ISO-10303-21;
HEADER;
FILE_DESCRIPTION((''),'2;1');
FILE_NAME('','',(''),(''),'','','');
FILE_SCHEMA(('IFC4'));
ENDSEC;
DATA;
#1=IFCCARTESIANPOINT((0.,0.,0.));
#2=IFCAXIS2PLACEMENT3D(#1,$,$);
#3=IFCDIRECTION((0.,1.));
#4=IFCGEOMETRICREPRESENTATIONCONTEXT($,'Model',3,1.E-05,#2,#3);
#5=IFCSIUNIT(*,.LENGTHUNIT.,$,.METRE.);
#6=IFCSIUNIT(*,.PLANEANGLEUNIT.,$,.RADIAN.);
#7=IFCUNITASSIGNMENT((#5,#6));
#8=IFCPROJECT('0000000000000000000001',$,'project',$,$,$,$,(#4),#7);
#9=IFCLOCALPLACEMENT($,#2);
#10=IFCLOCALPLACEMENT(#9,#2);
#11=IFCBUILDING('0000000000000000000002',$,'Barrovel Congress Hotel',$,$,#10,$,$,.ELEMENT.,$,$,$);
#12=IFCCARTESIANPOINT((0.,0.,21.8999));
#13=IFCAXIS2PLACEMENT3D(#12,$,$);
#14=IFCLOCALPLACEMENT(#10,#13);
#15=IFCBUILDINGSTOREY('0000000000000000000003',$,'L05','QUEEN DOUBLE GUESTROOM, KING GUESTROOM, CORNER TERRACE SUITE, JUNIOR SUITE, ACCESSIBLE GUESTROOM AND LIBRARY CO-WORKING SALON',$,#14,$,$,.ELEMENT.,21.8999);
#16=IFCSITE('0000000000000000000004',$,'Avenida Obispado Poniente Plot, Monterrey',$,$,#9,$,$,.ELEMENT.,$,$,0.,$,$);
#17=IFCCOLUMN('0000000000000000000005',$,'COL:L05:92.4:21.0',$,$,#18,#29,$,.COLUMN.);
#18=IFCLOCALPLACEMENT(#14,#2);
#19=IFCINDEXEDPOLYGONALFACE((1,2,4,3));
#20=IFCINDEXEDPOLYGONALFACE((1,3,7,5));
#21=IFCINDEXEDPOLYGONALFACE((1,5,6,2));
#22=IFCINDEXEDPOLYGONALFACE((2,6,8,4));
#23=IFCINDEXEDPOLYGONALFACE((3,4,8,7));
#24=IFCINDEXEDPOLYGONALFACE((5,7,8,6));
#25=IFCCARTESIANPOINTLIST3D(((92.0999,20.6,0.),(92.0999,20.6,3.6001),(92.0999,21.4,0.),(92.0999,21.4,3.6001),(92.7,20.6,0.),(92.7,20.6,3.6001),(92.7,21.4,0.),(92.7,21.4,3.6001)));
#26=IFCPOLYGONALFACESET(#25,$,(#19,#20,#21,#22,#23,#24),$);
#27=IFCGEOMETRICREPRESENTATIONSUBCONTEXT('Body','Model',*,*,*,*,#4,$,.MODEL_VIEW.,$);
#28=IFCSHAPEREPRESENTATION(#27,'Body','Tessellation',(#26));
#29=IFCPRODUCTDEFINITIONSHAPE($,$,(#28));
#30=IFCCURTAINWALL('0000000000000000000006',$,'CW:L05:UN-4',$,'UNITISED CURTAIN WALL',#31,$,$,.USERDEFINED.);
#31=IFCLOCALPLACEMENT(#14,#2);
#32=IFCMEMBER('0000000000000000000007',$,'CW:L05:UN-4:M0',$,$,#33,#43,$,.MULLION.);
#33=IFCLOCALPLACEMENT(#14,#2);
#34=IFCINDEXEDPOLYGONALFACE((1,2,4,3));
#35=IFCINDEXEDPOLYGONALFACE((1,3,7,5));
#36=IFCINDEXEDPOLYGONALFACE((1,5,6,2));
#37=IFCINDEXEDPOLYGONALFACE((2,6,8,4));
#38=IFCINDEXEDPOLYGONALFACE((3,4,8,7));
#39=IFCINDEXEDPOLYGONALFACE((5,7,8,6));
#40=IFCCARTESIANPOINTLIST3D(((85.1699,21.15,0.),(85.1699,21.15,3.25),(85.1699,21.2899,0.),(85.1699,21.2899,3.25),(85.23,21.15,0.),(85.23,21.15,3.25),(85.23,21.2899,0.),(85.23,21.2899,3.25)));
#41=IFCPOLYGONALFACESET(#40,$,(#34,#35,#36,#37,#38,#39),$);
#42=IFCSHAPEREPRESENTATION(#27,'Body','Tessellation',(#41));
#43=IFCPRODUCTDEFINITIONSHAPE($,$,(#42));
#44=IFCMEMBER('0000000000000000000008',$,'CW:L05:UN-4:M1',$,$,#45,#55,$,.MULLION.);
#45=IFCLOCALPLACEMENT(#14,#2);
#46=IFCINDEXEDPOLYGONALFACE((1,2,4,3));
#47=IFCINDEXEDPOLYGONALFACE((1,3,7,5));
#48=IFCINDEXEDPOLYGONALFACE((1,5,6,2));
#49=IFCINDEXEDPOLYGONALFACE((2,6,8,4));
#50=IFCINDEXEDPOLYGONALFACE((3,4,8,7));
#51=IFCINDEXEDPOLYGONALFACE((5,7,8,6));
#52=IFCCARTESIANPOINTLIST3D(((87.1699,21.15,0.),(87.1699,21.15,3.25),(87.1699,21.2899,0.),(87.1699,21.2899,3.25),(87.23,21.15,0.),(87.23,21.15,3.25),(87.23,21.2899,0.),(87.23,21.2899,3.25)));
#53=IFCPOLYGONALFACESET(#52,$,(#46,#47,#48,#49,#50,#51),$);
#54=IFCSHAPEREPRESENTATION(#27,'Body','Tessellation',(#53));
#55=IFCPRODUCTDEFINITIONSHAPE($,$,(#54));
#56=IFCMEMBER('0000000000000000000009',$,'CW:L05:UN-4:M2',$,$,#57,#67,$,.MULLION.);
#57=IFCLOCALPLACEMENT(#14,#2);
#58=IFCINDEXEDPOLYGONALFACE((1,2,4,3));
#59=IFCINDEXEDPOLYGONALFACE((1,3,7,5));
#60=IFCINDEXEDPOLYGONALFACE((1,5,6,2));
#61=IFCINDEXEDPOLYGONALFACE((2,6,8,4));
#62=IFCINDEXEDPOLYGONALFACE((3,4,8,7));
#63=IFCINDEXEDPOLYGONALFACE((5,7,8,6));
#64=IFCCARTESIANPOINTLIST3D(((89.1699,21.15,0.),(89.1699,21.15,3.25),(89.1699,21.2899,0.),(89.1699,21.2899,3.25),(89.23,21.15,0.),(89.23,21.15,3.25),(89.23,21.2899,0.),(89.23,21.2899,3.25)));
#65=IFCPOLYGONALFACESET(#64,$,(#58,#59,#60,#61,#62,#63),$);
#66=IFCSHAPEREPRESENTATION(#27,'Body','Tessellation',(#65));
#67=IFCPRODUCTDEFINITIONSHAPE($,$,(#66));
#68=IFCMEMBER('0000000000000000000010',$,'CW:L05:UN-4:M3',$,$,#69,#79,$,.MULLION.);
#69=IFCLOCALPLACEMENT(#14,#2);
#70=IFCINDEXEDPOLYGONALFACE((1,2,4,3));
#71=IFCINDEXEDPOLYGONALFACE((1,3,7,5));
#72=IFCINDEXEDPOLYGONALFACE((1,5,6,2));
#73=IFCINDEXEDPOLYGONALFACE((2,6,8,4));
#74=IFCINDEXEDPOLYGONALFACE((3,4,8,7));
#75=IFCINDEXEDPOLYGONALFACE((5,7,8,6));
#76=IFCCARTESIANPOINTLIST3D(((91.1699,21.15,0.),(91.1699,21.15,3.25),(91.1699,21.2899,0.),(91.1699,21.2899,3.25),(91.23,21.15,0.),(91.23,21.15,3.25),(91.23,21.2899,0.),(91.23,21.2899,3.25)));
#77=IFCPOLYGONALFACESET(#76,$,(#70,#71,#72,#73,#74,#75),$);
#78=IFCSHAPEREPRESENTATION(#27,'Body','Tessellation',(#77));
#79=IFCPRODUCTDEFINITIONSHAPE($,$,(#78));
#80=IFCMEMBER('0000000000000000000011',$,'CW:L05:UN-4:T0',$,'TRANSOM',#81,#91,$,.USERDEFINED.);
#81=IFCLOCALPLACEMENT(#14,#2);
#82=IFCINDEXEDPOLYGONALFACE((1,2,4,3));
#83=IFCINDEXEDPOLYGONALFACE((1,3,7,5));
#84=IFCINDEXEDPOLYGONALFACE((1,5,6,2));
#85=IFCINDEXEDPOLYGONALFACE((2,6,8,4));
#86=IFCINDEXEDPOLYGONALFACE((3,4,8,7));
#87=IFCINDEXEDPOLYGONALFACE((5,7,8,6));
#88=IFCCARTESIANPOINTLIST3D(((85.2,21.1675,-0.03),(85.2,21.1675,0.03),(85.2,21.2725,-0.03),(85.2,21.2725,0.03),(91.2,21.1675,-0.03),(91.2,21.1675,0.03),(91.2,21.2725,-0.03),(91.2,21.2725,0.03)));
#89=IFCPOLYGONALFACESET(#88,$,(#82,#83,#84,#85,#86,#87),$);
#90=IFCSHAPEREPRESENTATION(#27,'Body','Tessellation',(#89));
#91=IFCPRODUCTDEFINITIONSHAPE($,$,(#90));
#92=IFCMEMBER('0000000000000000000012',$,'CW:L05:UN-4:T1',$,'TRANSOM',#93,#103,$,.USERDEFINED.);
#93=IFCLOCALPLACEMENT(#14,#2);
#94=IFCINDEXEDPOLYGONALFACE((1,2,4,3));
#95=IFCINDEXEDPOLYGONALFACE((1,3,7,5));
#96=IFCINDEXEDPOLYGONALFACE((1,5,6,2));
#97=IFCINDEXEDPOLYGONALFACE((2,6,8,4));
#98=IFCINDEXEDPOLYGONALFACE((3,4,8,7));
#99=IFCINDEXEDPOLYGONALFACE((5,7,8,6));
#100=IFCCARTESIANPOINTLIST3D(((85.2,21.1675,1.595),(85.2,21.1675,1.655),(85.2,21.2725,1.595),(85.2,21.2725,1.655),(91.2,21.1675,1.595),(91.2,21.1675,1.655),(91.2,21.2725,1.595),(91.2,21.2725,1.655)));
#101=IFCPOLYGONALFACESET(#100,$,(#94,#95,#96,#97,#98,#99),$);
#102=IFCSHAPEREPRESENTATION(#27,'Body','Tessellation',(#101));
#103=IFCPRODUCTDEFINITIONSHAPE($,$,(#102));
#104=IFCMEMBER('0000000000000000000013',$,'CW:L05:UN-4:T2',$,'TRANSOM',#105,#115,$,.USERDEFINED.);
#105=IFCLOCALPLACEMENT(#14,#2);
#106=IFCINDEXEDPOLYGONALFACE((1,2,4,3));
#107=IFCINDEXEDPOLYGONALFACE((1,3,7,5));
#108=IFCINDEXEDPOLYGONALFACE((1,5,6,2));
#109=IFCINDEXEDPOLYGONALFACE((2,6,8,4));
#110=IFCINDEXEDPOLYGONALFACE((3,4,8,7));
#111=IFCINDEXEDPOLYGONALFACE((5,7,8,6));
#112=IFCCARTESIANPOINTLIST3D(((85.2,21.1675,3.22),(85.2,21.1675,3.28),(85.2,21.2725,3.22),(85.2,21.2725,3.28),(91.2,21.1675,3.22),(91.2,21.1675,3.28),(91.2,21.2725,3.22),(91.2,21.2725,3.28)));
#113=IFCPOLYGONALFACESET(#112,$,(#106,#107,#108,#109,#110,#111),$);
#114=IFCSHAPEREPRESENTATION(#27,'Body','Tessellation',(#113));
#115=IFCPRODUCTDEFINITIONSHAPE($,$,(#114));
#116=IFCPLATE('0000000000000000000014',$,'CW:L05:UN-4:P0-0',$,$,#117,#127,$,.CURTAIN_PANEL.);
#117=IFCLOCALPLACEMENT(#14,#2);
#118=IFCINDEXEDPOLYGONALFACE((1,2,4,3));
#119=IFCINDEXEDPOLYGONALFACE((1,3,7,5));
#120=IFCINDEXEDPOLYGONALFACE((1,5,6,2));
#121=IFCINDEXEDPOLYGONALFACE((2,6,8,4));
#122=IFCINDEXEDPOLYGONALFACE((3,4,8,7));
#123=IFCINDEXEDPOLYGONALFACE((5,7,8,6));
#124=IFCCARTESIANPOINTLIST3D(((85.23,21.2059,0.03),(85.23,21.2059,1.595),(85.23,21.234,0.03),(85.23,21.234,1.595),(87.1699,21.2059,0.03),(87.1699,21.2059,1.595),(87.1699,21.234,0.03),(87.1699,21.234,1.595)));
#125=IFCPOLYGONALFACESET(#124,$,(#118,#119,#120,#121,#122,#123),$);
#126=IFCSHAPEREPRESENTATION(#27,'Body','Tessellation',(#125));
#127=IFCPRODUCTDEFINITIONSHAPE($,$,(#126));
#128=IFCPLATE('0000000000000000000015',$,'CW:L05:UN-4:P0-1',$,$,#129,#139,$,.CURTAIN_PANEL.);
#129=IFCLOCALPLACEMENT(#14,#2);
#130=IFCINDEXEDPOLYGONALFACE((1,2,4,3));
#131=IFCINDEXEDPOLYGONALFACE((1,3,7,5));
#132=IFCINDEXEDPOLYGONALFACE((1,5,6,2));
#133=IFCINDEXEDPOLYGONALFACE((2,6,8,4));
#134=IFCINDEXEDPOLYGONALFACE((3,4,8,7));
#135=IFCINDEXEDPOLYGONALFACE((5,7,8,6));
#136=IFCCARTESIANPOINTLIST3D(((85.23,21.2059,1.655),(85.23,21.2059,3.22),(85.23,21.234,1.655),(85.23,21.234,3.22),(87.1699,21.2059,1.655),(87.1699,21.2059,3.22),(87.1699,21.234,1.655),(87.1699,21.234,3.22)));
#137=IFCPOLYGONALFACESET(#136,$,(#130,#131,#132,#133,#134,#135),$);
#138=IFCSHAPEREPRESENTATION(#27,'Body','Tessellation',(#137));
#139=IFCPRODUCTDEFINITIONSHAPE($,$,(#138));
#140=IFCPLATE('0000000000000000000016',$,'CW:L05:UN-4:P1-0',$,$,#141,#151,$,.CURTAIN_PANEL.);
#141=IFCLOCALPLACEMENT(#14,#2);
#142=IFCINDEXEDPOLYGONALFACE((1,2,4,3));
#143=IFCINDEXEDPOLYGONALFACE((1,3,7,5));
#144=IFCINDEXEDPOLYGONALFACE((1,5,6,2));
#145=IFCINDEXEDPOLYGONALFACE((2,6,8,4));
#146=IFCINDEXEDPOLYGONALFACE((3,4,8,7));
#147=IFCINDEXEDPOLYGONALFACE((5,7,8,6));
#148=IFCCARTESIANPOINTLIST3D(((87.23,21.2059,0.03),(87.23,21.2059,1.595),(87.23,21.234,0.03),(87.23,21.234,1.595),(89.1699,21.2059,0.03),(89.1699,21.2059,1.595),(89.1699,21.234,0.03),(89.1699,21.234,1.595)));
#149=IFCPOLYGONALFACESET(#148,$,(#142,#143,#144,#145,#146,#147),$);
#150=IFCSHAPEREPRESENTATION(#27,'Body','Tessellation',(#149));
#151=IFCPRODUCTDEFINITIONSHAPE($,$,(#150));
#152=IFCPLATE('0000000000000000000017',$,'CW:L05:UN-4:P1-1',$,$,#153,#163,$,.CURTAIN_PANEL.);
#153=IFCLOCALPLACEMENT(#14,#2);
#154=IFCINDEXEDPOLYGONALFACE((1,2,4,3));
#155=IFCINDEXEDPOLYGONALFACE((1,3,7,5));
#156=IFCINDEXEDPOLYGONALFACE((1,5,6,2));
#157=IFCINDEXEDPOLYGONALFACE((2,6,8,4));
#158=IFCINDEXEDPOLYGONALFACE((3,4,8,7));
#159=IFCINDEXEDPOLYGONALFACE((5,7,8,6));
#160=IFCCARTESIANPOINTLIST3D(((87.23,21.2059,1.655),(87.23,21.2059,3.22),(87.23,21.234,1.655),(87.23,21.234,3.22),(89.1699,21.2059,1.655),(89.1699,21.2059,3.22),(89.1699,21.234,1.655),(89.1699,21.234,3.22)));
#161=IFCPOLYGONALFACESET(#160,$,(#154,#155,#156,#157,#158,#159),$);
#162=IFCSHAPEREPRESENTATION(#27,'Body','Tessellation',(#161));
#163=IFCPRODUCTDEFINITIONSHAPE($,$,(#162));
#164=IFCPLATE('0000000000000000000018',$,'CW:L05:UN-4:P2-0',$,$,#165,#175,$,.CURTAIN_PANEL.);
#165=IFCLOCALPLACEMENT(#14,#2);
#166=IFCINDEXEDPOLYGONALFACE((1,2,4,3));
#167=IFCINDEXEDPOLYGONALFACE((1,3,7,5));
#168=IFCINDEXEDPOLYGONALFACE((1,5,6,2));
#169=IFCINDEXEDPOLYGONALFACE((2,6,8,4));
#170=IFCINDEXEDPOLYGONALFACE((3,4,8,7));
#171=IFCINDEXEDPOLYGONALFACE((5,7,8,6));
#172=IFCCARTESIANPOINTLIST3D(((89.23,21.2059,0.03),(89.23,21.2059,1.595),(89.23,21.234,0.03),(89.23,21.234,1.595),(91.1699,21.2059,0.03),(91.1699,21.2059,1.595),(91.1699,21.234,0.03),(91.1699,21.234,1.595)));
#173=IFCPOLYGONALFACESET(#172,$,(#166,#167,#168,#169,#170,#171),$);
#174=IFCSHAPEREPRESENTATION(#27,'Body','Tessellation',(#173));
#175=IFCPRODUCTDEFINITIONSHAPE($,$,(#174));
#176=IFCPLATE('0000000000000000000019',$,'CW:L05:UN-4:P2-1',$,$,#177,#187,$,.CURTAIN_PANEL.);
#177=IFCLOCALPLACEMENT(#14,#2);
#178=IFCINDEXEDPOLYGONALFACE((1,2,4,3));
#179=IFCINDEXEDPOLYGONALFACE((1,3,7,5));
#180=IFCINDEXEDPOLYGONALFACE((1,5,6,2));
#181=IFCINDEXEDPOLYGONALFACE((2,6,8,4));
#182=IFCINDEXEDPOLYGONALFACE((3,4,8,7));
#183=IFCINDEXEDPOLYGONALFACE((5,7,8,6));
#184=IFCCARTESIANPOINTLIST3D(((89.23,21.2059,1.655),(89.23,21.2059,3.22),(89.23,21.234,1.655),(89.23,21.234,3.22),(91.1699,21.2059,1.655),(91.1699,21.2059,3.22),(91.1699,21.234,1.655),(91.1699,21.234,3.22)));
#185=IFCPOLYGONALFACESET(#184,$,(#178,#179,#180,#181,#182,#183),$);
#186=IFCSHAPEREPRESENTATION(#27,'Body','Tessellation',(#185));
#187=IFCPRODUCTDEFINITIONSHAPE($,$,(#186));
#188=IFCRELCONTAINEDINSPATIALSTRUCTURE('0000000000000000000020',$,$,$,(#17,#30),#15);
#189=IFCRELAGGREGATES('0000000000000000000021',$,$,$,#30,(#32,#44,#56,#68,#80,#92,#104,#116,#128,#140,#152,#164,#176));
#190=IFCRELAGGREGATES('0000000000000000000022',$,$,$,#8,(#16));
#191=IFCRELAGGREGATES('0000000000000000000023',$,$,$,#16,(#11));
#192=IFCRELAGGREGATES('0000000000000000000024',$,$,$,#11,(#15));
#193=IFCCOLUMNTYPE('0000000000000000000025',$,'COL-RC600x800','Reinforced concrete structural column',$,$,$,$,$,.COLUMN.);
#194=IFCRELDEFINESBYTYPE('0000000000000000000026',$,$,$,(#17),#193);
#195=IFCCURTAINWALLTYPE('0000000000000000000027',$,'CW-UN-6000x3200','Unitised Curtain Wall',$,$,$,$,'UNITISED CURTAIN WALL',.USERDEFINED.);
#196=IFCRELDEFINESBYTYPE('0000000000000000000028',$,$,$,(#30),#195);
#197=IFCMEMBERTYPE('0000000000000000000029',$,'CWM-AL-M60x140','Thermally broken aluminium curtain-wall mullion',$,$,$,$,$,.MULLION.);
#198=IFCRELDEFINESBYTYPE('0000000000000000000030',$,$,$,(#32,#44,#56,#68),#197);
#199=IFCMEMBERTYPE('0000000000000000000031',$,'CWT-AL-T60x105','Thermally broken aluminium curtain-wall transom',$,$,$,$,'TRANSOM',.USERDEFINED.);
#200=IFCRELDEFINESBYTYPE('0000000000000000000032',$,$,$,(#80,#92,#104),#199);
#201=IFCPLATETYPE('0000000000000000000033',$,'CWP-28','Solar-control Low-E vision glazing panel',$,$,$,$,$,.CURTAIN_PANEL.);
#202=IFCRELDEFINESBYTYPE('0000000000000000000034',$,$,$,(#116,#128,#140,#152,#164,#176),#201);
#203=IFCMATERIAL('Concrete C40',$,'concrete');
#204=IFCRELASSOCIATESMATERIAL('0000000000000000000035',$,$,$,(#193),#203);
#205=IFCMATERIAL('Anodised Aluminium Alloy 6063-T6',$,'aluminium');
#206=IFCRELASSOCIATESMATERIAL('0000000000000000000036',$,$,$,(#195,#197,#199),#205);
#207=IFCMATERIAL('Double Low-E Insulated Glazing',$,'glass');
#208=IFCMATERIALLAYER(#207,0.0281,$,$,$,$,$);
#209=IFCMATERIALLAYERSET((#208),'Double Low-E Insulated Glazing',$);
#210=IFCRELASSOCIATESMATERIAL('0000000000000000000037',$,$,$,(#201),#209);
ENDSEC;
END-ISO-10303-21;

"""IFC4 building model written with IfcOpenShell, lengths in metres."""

from ifc_helpers import new_model, si_unit, direction, frame, origin, origin_2d, place, context, subcontext, project, spatial, rectangle, extrude, material, layer, layer_set, material_profile, profile_set, type_object, element, aggregate, save


model = new_model("IFC4")

# Units and contexts
model_context = context("Model", 3, precision=1e-05, world=origin(), true_north=direction((0.0, 1.0)))
body_context = subcontext(model_context, "Body", "Model", "MODEL_VIEW")
ifc_project = project(units=[si_unit("LENGTHUNIT", "METRE"), si_unit("PLANEANGLEUNIT", "RADIAN")], contexts=[model_context])

# Site, building, storey
site_placement = place(None, origin())
site = spatial("IfcSite", under=ifc_project, at=site_placement, Name="Avenida Obispado Poniente Plot, Monterrey", CompositionType="ELEMENT", RefElevation=0.0)
building_placement = place(site_placement, origin())
building = spatial("IfcBuilding", under=site, at=building_placement, Name="Barrovel Congress Hotel", CompositionType="ELEMENT")
storey_placement = place(building_placement, frame((0.0, 0.0, 21.8999)))
storey = spatial("IfcBuildingStorey", under=building, at=storey_placement, Name="L05", Description="QUEEN DOUBLE GUESTROOM, KING GUESTROOM, CORNER TERRACE SUITE, JUNIOR SUITE, ACCESSIBLE GUESTROOM AND LIBRARY CO-WORKING SALON", CompositionType="ELEMENT", Elevation=21.8999)

# Column
ifc_material_1 = material(Name="Concrete C40", Category="concrete")
ifc_material_profile_1 = material_profile(ifc_material_1, rectangle(XDim=0.6001, YDim=0.8, at=origin_2d()), Name="RC600x800")
ifc_profile_set_1 = profile_set([ifc_material_profile_1], Name="Concrete C40")
column_type = type_object("IfcColumnType", Name="COL-RC600x800", Description="Reinforced concrete structural column", PredefinedType="COLUMN", material=ifc_profile_set_1)
column_placement = place(storey_placement, frame((92.3999, 21.0, 0.0), z_axis=(0.0, 0.0, 1.0), x_axis=(1.0, 0.0, 0.0)))
element("IfcColumn", 1, at=column_placement, inside=storey, type_object=column_type, Name="COL:L05:92.4:21.0", PredefinedType="COLUMN", context=body_context, shape_type="SweptSolid", body=[
    extrude(rectangle(XDim=0.6001, YDim=0.8, at=origin_2d()), origin(), (0.0, 0.0, 1.0), 3.6001),
])

# Curtain wall, members, plates
ifc_material_2 = material(Name="Anodised Aluminium Alloy 6063-T6", Category="aluminium")
curtain_wall_type = type_object("IfcCurtainWallType", Name="CW-UN-6000x3200", Description="Unitised Curtain Wall", ElementType="UNITISED CURTAIN WALL", PredefinedType="USERDEFINED", material=ifc_material_2)
curtain_wall_placement = place(storey_placement, origin())
curtain_wall = element("IfcCurtainWall", 2, at=curtain_wall_placement, inside=storey, type_object=curtain_wall_type, Name="CW:L05:UN-4", ObjectType="UNITISED CURTAIN WALL", PredefinedType="USERDEFINED")
ifc_material_profile_2 = material_profile(ifc_material_2, rectangle(XDim=0.0601, YDim=0.1399, at=origin_2d()), Name="AL-M60x140")
ifc_profile_set_2 = profile_set([ifc_material_profile_2], Name="Anodised Aluminium Alloy 6063-T6")
member_type_1 = type_object("IfcMemberType", Name="CWM-AL-M60x140", Description="Thermally broken aluminium curtain-wall mullion", PredefinedType="MULLION", material=ifc_profile_set_2)
member_1_placement = place(storey_placement, frame((85.2, 21.22, 0.0), z_axis=(0.0, 0.0, 1.0), x_axis=(1.0, 0.0, 0.0)))
member_1 = element("IfcMember", 3, at=member_1_placement, type_object=member_type_1, Name="CW:L05:UN-4:M0", PredefinedType="MULLION", context=body_context, shape_type="SweptSolid", body=[
    extrude(rectangle(XDim=0.0601, YDim=0.1399, at=origin_2d()), origin(), (0.0, 0.0, 1.0), 3.25),
])
member_2_placement = place(storey_placement, frame((87.2, 21.22, 0.0), z_axis=(0.0, 0.0, 1.0), x_axis=(1.0, 0.0, 0.0)))
member_2 = element("IfcMember", 4, at=member_2_placement, type_object=member_type_1, Name="CW:L05:UN-4:M1", PredefinedType="MULLION", context=body_context, shape_type="SweptSolid", body=[
    extrude(rectangle(XDim=0.0601, YDim=0.1399, at=origin_2d()), origin(), (0.0, 0.0, 1.0), 3.25),
])
member_3_placement = place(storey_placement, frame((89.2, 21.22, 0.0), z_axis=(0.0, 0.0, 1.0), x_axis=(1.0, 0.0, 0.0)))
member_3 = element("IfcMember", 5, at=member_3_placement, type_object=member_type_1, Name="CW:L05:UN-4:M2", PredefinedType="MULLION", context=body_context, shape_type="SweptSolid", body=[
    extrude(rectangle(XDim=0.0601, YDim=0.1399, at=origin_2d()), origin(), (0.0, 0.0, 1.0), 3.25),
])
member_4_placement = place(storey_placement, frame((91.2, 21.22, 0.0), z_axis=(0.0, 0.0, 1.0), x_axis=(1.0, 0.0, 0.0)))
member_4 = element("IfcMember", 6, at=member_4_placement, type_object=member_type_1, Name="CW:L05:UN-4:M3", PredefinedType="MULLION", context=body_context, shape_type="SweptSolid", body=[
    extrude(rectangle(XDim=0.0601, YDim=0.1399, at=origin_2d()), origin(), (0.0, 0.0, 1.0), 3.25),
])
ifc_material_profile_3 = material_profile(ifc_material_2, rectangle(XDim=0.105, YDim=0.0601, at=origin_2d()), Name="AL-T60x105")
ifc_profile_set_3 = profile_set([ifc_material_profile_3], Name="Anodised Aluminium Alloy 6063-T6")
member_type_2 = type_object("IfcMemberType", Name="CWT-AL-T60x105", Description="Thermally broken aluminium curtain-wall transom", ElementType="TRANSOM", PredefinedType="USERDEFINED", material=ifc_profile_set_3)
member_5_placement = place(storey_placement, frame((85.2, 21.22, 0.0), z_axis=(1.0, 0.0, 0.0), x_axis=(0.0, 1.0, 0.0)))
member_5 = element("IfcMember", 7, at=member_5_placement, type_object=member_type_2, Name="CW:L05:UN-4:T0", ObjectType="TRANSOM", PredefinedType="USERDEFINED", context=body_context, shape_type="SweptSolid", body=[
    extrude(rectangle(XDim=0.105, YDim=0.0601, at=origin_2d()), origin(), (0.0, 0.0, 1.0), 6.0),
])
member_6_placement = place(storey_placement, frame((85.2, 21.22, 1.625), z_axis=(1.0, 0.0, 0.0), x_axis=(0.0, 1.0, 0.0)))
member_6 = element("IfcMember", 8, at=member_6_placement, type_object=member_type_2, Name="CW:L05:UN-4:T1", ObjectType="TRANSOM", PredefinedType="USERDEFINED", context=body_context, shape_type="SweptSolid", body=[
    extrude(rectangle(XDim=0.105, YDim=0.0601, at=origin_2d()), origin(), (0.0, 0.0, 1.0), 6.0),
])
member_7_placement = place(storey_placement, frame((85.2, 21.22, 3.25), z_axis=(1.0, 0.0, 0.0), x_axis=(0.0, 1.0, 0.0)))
member_7 = element("IfcMember", 9, at=member_7_placement, type_object=member_type_2, Name="CW:L05:UN-4:T2", ObjectType="TRANSOM", PredefinedType="USERDEFINED", context=body_context, shape_type="SweptSolid", body=[
    extrude(rectangle(XDim=0.105, YDim=0.0601, at=origin_2d()), origin(), (0.0, 0.0, 1.0), 6.0),
])
ifc_material_3 = material(Name="Double Low-E Insulated Glazing", Category="glass")
ifc_layer_1 = layer(ifc_material_3, 0.0281)
ifc_layer_set_1 = layer_set([ifc_layer_1], Name="Double Low-E Insulated Glazing")
plate_type = type_object("IfcPlateType", Name="CWP-28", Description="Solar-control Low-E vision glazing panel", PredefinedType="CURTAIN_PANEL", material=ifc_layer_set_1)
plate_1_placement = place(storey_placement, frame((86.2, 21.22, 0.03), z_axis=(0.0, 0.0, 1.0), x_axis=(1.0, 0.0, 0.0)))
plate_1 = element("IfcPlate", 10, at=plate_1_placement, type_object=plate_type, Name="CW:L05:UN-4:P0-0", PredefinedType="CURTAIN_PANEL", context=body_context, shape_type="SweptSolid", body=[
    extrude(rectangle(XDim=1.9399, YDim=0.0281, at=origin_2d()), origin(), (0.0, 0.0, 1.0), 1.5649),
])
plate_2_placement = place(storey_placement, frame((86.2, 21.22, 1.655), z_axis=(0.0, 0.0, 1.0), x_axis=(1.0, 0.0, 0.0)))
plate_2 = element("IfcPlate", 11, at=plate_2_placement, type_object=plate_type, Name="CW:L05:UN-4:P0-1", PredefinedType="CURTAIN_PANEL", context=body_context, shape_type="SweptSolid", body=[
    extrude(rectangle(XDim=1.9399, YDim=0.0281, at=origin_2d()), origin(), (0.0, 0.0, 1.0), 1.5649),
])
plate_3_placement = place(storey_placement, frame((88.2, 21.22, 0.03), z_axis=(0.0, 0.0, 1.0), x_axis=(1.0, 0.0, 0.0)))
plate_3 = element("IfcPlate", 12, at=plate_3_placement, type_object=plate_type, Name="CW:L05:UN-4:P1-0", PredefinedType="CURTAIN_PANEL", context=body_context, shape_type="SweptSolid", body=[
    extrude(rectangle(XDim=1.9399, YDim=0.0281, at=origin_2d()), origin(), (0.0, 0.0, 1.0), 1.5649),
])
plate_4_placement = place(storey_placement, frame((88.2, 21.22, 1.655), z_axis=(0.0, 0.0, 1.0), x_axis=(1.0, 0.0, 0.0)))
plate_4 = element("IfcPlate", 13, at=plate_4_placement, type_object=plate_type, Name="CW:L05:UN-4:P1-1", PredefinedType="CURTAIN_PANEL", context=body_context, shape_type="SweptSolid", body=[
    extrude(rectangle(XDim=1.9399, YDim=0.0281, at=origin_2d()), origin(), (0.0, 0.0, 1.0), 1.5649),
])
plate_5_placement = place(storey_placement, frame((90.2, 21.22, 0.03), z_axis=(0.0, 0.0, 1.0), x_axis=(1.0, 0.0, 0.0)))
plate_5 = element("IfcPlate", 14, at=plate_5_placement, type_object=plate_type, Name="CW:L05:UN-4:P2-0", PredefinedType="CURTAIN_PANEL", context=body_context, shape_type="SweptSolid", body=[
    extrude(rectangle(XDim=1.9399, YDim=0.0281, at=origin_2d()), origin(), (0.0, 0.0, 1.0), 1.5649),
])
plate_6_placement = place(storey_placement, frame((90.2, 21.22, 1.655), z_axis=(0.0, 0.0, 1.0), x_axis=(1.0, 0.0, 0.0)))
plate_6 = element("IfcPlate", 15, at=plate_6_placement, type_object=plate_type, Name="CW:L05:UN-4:P2-1", PredefinedType="CURTAIN_PANEL", context=body_context, shape_type="SweptSolid", body=[
    extrude(rectangle(XDim=1.9399, YDim=0.0281, at=origin_2d()), origin(), (0.0, 0.0, 1.0), 1.5649),
])
aggregate(curtain_wall, [member_1, member_2, member_3, member_4, member_5, member_6, member_7, plate_1, plate_2, plate_3, plate_4, plate_5, plate_6])

save(model, "model.ifc")
